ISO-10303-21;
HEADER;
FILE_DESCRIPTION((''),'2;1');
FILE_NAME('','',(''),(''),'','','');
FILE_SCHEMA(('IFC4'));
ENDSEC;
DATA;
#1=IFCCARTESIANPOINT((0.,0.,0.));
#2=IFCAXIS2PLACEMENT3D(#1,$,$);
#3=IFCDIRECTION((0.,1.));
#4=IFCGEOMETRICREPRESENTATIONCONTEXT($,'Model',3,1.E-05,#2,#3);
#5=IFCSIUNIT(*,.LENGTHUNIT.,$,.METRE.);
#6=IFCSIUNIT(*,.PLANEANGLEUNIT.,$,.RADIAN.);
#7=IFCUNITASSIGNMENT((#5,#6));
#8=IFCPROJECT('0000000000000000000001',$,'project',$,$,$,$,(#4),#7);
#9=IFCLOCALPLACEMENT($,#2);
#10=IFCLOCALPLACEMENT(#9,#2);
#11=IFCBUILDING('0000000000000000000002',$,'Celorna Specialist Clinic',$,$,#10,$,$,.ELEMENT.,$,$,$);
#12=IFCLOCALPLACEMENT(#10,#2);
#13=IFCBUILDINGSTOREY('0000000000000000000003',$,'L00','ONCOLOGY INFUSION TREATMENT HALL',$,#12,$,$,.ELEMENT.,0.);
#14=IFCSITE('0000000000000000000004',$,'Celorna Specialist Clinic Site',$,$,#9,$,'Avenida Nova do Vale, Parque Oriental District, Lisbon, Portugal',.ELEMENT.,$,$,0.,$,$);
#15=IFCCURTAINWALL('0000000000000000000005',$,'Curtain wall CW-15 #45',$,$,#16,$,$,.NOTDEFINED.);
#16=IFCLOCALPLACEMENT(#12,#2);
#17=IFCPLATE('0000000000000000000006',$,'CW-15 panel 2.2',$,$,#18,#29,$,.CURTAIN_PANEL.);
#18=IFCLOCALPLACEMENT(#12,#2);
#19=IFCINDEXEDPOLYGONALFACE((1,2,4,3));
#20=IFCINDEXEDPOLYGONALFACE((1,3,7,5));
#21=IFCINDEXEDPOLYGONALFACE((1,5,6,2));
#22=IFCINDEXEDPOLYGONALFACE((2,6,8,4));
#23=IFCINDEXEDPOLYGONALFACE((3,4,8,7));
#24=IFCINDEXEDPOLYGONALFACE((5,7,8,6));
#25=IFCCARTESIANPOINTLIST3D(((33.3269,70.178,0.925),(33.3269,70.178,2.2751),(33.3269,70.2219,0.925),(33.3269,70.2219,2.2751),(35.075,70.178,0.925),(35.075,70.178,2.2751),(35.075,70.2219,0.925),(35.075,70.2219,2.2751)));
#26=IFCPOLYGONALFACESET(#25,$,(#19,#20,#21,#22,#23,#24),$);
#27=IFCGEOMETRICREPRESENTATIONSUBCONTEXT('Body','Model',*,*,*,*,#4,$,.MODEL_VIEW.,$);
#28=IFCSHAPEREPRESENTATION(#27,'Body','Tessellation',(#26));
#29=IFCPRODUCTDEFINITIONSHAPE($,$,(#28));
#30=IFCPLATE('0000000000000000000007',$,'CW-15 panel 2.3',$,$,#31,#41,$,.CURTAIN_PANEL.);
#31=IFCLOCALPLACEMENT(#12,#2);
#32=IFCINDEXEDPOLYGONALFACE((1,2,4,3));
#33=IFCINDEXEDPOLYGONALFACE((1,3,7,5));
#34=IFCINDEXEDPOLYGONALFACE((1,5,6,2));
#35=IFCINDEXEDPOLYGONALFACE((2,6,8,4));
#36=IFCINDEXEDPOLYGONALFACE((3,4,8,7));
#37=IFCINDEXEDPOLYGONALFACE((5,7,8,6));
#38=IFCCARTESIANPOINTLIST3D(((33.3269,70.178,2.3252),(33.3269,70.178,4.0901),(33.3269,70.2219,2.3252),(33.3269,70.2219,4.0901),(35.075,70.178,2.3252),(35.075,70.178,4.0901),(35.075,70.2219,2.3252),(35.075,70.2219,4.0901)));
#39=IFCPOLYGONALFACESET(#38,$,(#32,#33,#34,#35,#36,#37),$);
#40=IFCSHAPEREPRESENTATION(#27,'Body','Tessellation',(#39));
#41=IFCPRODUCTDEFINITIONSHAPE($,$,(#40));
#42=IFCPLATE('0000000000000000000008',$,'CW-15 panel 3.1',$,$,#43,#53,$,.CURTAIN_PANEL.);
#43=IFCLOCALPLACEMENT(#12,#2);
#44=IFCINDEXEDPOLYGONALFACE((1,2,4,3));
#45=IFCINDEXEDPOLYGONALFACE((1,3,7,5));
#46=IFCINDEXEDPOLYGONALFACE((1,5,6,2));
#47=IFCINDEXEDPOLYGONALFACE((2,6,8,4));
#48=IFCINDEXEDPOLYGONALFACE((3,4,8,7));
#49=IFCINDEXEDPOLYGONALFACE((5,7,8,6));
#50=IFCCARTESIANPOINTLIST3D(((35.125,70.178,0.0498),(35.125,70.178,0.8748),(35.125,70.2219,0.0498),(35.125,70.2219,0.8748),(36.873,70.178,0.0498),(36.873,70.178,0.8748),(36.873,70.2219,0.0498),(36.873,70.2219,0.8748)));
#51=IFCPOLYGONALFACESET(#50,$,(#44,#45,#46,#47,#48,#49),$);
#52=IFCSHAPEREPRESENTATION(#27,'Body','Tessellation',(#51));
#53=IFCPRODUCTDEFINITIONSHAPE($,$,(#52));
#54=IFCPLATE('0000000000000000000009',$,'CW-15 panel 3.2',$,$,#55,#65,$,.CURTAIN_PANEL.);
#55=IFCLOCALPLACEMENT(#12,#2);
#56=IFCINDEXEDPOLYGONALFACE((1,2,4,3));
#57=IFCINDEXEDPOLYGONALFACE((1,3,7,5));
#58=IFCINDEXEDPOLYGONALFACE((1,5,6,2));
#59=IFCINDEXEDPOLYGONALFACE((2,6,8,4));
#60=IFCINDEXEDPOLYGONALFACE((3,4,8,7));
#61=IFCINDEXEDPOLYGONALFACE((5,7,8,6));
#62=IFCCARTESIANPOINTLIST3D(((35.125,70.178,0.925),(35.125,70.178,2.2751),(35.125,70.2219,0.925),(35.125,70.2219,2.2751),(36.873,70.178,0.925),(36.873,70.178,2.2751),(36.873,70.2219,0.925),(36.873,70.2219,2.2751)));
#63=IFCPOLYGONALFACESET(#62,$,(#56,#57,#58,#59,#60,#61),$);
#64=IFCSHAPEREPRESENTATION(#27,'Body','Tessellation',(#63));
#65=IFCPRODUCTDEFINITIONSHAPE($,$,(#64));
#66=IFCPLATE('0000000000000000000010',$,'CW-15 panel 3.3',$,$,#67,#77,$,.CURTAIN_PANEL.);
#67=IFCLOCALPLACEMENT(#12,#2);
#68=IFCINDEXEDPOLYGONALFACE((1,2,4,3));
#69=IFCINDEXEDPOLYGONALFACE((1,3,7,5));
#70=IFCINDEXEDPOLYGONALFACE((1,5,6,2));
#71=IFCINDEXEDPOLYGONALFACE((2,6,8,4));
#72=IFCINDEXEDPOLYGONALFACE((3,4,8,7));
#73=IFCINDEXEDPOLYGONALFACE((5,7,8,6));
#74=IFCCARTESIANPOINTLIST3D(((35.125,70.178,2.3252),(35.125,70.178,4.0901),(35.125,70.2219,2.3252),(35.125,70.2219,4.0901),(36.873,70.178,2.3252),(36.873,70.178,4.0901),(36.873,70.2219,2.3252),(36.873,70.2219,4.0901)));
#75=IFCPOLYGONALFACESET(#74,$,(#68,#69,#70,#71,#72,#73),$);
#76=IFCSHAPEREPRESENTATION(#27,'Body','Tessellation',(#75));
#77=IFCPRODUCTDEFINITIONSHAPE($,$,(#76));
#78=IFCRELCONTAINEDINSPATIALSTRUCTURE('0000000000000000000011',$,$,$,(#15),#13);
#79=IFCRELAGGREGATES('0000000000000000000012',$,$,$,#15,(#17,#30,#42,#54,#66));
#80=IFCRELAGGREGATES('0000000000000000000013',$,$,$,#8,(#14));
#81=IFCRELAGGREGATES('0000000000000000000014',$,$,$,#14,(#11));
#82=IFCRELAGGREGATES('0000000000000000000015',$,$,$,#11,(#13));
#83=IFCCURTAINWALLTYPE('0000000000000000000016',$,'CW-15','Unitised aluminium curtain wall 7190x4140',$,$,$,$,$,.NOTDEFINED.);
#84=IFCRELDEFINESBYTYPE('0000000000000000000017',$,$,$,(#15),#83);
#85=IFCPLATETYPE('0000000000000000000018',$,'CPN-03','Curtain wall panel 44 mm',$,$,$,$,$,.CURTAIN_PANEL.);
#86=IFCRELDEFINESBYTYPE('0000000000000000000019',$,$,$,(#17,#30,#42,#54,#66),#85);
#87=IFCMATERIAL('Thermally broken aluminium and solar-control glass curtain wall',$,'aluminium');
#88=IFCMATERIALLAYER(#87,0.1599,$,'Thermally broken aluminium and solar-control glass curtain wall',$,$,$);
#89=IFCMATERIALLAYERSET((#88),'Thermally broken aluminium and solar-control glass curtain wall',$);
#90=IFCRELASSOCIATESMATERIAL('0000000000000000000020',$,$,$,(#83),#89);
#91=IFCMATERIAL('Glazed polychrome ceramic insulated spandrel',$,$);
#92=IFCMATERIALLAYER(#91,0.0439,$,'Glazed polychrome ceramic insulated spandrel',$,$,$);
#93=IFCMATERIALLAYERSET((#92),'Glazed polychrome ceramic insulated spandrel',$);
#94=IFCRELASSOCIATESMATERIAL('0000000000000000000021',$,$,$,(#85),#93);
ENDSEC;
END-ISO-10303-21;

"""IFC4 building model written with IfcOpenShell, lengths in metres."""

from ifc_helpers import new_model, si_unit, direction, frame, origin, origin_2d, place, context, subcontext, project, spatial, rectangle, extrude, material, layer, layer_set, type_object, element, aggregate, save


model = new_model("IFC4")

# Units and contexts
model_context = context("Model", 3, precision=1e-05, world=origin(), true_north=direction((0.0, 1.0)))
body_context = subcontext(model_context, "Body", "Model", "MODEL_VIEW")
ifc_project = project(units=[si_unit("LENGTHUNIT", "METRE"), si_unit("PLANEANGLEUNIT", "RADIAN")], contexts=[model_context])

# Site, building, storey
site_placement = place(None, origin())
site = spatial("IfcSite", under=ifc_project, at=site_placement, Name="Celorna Specialist Clinic Site", LongName="Avenida Nova do Vale, Parque Oriental District, Lisbon, Portugal", CompositionType="ELEMENT", RefElevation=0.0)
building_placement = place(site_placement, origin())
building = spatial("IfcBuilding", under=site, at=building_placement, Name="Celorna Specialist Clinic", CompositionType="ELEMENT")
storey_placement = place(building_placement, origin())
storey = spatial("IfcBuildingStorey", under=building, at=storey_placement, Name="L00", Description="ONCOLOGY INFUSION TREATMENT HALL", CompositionType="ELEMENT", Elevation=0.0)

# Shared definitions
ifc_material_1 = material(Name="Thermally broken aluminium and solar-control glass curtain wall", Category="aluminium")

# Curtain wall
ifc_layer_1 = layer(ifc_material_1, 0.1599, Name="Thermally broken aluminium and solar-control glass curtain wall")
ifc_layer_set_1 = layer_set([ifc_layer_1], Name="Thermally broken aluminium and solar-control glass curtain wall")
curtain_wall_type_1 = type_object("IfcCurtainWallType", Name="CW-15", Description="Unitised aluminium curtain wall 7190x4140", PredefinedType="NOTDEFINED", material=ifc_layer_set_1)
curtain_wall_1_placement = place(storey_placement, origin())
curtain_wall_1 = element("IfcCurtainWall", 1, at=curtain_wall_1_placement, inside=storey, type_object=curtain_wall_type_1, Name="Curtain wall CW-15 #45", PredefinedType="NOTDEFINED")

# Plates
ifc_material_2 = material(Name="Glazed polychrome ceramic insulated spandrel")
ifc_layer_2 = layer(ifc_material_2, 0.0439, Name="Glazed polychrome ceramic insulated spandrel")
ifc_layer_set_2 = layer_set([ifc_layer_2], Name="Glazed polychrome ceramic insulated spandrel")
plate_type_1 = type_object("IfcPlateType", Name="CPN-03", Description="Curtain wall panel 44 mm", PredefinedType="CURTAIN_PANEL", material=ifc_layer_set_2)
plate_1_placement = place(storey_placement, frame((34.2009, 70.2, 0.925), z_axis=(0.0, 0.0, 1.0), x_axis=(1.0, 0.0, 0.0)))
plate_1 = element("IfcPlate", 2, at=plate_1_placement, type_object=plate_type_1, Name="CW-15 panel 2.2", PredefinedType="CURTAIN_PANEL", context=body_context, shape_type="SweptSolid", body=[
    extrude(rectangle(XDim=1.748, YDim=0.0439, at=origin_2d()), origin(), (0.0, 0.0, 1.0), 1.3501),
])
plate_2_placement = place(storey_placement, frame((34.2009, 70.2, 2.3252), z_axis=(0.0, 0.0, 1.0), x_axis=(1.0, 0.0, 0.0)))
plate_2 = element("IfcPlate", 3, at=plate_2_placement, type_object=plate_type_1, Name="CW-15 panel 2.3", PredefinedType="CURTAIN_PANEL", context=body_context, shape_type="SweptSolid", body=[
    extrude(rectangle(XDim=1.748, YDim=0.0439, at=origin_2d()), origin(), (0.0, 0.0, 1.0), 1.7649),
])
plate_3_placement = place(storey_placement, frame((35.999, 70.2, 0.0498), z_axis=(0.0, 0.0, 1.0), x_axis=(1.0, 0.0, 0.0)))
plate_3 = element("IfcPlate", 4, at=plate_3_placement, type_object=plate_type_1, Name="CW-15 panel 3.1", PredefinedType="CURTAIN_PANEL", context=body_context, shape_type="SweptSolid", body=[
    extrude(rectangle(XDim=1.748, YDim=0.0439, at=origin_2d()), origin(), (0.0, 0.0, 1.0), 0.825),
])
plate_4_placement = place(storey_placement, frame((35.999, 70.2, 0.925), z_axis=(0.0, 0.0, 1.0), x_axis=(1.0, 0.0, 0.0)))
plate_4 = element("IfcPlate", 5, at=plate_4_placement, type_object=plate_type_1, Name="CW-15 panel 3.2", PredefinedType="CURTAIN_PANEL", context=body_context, shape_type="SweptSolid", body=[
    extrude(rectangle(XDim=1.748, YDim=0.0439, at=origin_2d()), origin(), (0.0, 0.0, 1.0), 1.3501),
])
plate_5_placement = place(storey_placement, frame((35.999, 70.2, 2.3252), z_axis=(0.0, 0.0, 1.0), x_axis=(1.0, 0.0, 0.0)))
plate_5 = element("IfcPlate", 6, at=plate_5_placement, type_object=plate_type_1, Name="CW-15 panel 3.3", PredefinedType="CURTAIN_PANEL", context=body_context, shape_type="SweptSolid", body=[
    extrude(rectangle(XDim=1.748, YDim=0.0439, at=origin_2d()), origin(), (0.0, 0.0, 1.0), 1.7649),
])
aggregate(curtain_wall_1, [plate_1, plate_2, plate_3, plate_4, plate_5])

save(model, "model.ifc")
